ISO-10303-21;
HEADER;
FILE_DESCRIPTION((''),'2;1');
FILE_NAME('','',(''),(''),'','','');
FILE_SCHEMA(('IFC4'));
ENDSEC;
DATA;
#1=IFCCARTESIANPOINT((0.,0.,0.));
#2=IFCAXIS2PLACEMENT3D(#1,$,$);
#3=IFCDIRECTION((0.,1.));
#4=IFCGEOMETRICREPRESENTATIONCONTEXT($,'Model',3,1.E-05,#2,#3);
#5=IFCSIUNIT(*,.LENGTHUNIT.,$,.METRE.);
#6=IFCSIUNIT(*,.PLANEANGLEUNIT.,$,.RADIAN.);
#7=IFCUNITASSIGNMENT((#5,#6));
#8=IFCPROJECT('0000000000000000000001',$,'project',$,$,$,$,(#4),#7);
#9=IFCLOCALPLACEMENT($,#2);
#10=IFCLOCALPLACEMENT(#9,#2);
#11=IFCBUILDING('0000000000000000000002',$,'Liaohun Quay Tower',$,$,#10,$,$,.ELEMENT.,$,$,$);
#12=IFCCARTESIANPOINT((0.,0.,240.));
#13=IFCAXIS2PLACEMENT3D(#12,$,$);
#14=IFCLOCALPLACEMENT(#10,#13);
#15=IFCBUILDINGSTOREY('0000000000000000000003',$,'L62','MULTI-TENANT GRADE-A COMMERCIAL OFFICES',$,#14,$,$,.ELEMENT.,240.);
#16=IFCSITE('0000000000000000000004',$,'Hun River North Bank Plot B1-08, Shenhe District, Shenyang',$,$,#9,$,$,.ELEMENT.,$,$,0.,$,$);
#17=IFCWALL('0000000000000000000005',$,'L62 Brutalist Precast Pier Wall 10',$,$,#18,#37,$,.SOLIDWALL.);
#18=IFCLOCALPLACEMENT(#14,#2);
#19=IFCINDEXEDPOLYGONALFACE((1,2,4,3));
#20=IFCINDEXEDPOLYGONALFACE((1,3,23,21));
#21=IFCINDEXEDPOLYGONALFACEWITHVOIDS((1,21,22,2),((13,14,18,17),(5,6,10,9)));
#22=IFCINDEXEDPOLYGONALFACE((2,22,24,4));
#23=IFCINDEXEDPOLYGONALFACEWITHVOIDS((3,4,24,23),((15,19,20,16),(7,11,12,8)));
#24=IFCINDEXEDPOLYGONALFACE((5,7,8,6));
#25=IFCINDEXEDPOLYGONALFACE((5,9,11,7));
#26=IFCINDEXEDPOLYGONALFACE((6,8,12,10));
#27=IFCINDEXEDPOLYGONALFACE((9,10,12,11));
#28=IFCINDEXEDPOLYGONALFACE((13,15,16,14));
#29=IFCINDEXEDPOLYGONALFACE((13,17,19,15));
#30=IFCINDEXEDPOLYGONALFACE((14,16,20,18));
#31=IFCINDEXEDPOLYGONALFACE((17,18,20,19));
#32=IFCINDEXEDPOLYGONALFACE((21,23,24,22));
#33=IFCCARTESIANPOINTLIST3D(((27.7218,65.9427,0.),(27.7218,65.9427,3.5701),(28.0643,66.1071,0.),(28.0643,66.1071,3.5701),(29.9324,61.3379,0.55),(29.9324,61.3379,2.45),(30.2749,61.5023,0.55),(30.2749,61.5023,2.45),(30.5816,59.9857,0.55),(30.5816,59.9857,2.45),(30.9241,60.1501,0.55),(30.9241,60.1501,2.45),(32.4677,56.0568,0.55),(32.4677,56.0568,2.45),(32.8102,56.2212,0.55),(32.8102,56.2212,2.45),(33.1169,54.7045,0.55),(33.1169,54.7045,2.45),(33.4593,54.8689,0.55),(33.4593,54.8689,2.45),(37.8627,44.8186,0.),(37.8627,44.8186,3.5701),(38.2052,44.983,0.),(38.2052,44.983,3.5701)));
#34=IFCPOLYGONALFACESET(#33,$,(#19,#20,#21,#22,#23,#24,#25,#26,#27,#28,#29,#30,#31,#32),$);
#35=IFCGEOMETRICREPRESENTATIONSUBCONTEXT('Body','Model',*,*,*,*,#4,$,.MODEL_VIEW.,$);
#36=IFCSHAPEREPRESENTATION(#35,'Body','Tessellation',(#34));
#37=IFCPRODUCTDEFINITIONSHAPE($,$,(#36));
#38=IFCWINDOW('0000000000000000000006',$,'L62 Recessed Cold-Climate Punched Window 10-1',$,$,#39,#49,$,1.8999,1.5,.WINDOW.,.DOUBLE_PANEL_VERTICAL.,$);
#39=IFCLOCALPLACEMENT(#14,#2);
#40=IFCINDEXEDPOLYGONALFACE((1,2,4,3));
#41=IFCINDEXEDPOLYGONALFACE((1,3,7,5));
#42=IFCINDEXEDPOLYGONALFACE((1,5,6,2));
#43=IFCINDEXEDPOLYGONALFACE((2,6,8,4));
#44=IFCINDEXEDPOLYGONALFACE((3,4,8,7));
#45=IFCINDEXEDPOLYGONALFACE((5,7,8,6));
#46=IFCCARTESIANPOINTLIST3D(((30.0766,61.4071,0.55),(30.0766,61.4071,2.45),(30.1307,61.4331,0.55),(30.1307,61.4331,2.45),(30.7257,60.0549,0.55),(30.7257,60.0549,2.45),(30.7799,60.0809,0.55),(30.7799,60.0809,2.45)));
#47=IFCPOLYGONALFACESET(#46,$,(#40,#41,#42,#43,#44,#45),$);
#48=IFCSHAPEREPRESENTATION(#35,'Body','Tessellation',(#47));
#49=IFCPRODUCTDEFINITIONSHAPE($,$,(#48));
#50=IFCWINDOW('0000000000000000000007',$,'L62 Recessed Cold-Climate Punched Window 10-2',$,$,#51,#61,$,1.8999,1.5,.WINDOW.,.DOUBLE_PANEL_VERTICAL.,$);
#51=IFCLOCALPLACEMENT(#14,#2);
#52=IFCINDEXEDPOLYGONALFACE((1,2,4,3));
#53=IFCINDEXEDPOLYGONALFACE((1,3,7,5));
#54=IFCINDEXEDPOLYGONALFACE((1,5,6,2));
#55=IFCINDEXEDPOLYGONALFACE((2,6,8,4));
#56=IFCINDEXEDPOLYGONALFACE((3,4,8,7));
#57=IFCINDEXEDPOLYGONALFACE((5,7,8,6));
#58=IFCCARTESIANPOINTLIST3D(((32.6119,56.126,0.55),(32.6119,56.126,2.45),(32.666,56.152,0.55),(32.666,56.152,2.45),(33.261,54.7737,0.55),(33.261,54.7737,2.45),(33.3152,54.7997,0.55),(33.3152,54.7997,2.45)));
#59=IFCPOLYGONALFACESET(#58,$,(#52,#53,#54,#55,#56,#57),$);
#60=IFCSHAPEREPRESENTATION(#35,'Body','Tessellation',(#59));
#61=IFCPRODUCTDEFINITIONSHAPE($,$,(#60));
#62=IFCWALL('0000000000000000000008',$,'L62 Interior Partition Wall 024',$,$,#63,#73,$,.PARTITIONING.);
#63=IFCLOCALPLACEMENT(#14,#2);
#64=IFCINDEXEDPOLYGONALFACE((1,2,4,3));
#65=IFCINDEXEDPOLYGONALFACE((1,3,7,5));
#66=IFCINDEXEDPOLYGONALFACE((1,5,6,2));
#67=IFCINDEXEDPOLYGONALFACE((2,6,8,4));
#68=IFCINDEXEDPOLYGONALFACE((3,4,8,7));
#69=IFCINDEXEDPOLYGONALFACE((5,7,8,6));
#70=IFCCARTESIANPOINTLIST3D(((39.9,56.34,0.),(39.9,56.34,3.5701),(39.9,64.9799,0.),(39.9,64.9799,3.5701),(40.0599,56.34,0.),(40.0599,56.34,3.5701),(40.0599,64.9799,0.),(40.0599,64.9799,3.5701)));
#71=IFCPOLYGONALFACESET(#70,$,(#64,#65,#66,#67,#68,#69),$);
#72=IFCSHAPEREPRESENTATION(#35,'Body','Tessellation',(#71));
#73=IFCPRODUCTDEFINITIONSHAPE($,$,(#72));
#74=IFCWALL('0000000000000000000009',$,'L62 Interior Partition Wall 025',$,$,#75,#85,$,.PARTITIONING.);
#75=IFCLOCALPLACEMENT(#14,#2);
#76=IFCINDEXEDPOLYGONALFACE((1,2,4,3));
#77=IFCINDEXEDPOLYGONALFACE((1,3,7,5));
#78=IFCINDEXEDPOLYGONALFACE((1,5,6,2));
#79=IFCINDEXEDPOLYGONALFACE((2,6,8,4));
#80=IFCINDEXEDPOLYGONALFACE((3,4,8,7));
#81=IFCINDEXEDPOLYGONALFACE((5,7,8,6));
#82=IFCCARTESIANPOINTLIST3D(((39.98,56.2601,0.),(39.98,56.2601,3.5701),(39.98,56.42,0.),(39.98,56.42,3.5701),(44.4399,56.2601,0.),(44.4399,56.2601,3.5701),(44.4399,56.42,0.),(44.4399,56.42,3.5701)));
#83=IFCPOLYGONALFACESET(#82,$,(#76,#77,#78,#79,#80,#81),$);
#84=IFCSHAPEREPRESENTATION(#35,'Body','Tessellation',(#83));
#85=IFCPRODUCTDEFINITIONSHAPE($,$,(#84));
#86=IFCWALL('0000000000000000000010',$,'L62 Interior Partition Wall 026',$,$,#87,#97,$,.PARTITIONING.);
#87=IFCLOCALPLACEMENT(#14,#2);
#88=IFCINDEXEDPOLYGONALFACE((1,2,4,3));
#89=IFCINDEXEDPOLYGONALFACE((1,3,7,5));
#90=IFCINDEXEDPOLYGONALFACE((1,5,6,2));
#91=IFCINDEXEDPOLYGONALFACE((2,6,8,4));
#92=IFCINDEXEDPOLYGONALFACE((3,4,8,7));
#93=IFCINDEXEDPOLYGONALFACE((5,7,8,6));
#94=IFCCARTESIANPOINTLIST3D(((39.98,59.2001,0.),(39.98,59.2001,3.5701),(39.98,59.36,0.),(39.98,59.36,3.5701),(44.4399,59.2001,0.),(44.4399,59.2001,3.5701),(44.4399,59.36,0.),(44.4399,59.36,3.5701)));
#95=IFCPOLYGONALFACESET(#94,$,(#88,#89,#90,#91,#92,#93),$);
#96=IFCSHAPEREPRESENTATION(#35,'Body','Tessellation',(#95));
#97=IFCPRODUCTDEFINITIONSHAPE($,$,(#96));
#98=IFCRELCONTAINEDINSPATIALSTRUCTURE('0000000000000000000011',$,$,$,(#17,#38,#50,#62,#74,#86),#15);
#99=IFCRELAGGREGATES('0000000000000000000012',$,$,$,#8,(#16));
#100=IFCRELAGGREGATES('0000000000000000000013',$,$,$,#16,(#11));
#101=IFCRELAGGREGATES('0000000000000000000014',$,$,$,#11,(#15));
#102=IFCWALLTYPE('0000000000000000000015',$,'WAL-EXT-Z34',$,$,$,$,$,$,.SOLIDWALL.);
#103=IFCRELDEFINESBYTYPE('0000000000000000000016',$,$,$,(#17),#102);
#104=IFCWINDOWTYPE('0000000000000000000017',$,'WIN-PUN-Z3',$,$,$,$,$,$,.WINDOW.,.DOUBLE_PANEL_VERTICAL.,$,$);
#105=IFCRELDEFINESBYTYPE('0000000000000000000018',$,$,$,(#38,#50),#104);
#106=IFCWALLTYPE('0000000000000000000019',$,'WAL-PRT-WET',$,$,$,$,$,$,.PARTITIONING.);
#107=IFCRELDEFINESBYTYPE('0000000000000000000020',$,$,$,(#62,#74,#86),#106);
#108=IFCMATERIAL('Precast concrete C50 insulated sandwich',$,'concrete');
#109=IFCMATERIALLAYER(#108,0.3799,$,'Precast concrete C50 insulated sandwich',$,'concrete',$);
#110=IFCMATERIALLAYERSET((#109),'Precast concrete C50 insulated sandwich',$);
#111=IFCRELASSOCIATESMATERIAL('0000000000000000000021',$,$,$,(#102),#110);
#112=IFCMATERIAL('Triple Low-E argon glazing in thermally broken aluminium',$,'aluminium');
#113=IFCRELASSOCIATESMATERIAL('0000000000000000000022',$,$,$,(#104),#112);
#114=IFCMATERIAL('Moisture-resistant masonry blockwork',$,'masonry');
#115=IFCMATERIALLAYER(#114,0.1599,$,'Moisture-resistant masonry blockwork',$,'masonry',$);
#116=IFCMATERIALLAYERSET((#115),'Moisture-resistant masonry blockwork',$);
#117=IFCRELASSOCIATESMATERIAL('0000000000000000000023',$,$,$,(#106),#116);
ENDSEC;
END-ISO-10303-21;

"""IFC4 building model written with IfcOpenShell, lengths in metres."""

from ifc_helpers import new_model, si_unit, direction, frame, frame_2d, origin, place, context, subcontext, project, spatial, rectangle, extrude, source, transform, mapped, material, layer, layer_set, type_object, element, fill, save


model = new_model("IFC4")

# Units and contexts
model_context = context("Model", 3, precision=1e-05, world=origin(), true_north=direction((0.0, 1.0)))
body_context = subcontext(model_context, "Body", "Model", "MODEL_VIEW")
ifc_project = project(units=[si_unit("LENGTHUNIT", "METRE"), si_unit("PLANEANGLEUNIT", "RADIAN")], contexts=[model_context])

# Site, building, storey
site_placement = place(None, origin())
site = spatial("IfcSite", under=ifc_project, at=site_placement, Name="Hun River North Bank Plot B1-08, Shenhe District, Shenyang", CompositionType="ELEMENT", RefElevation=0.0)
building_placement = place(site_placement, origin())
building = spatial("IfcBuilding", under=site, at=building_placement, Name="Liaohun Quay Tower", CompositionType="ELEMENT")
storey_placement = place(building_placement, frame((0.0, 0.0, 240.0)))
storey = spatial("IfcBuildingStorey", under=building, at=storey_placement, Name="L62", Description="MULTI-TENANT GRADE-A COMMERCIAL OFFICES", CompositionType="ELEMENT", Elevation=240.0)

# Shared definitions
ifc_material_1 = material(Name="Precast concrete C50 insulated sandwich", Category="concrete")
ifc_layer_1 = layer(ifc_material_1, 0.3799, Name="Precast concrete C50 insulated sandwich", Category="concrete")
ifc_layer_set_1 = layer_set([ifc_layer_1], Name="Precast concrete C50 insulated sandwich")
wall_type_1 = type_object("IfcWallType", Name="WAL-EXT-Z34", PredefinedType="SOLIDWALL", material=ifc_layer_set_1)

# Wall, openings, windows
wall_1_placement = place(storey_placement, frame((27.8931, 66.0249, 0.0), z_axis=(0.0, 0.0, 1.0), x_axis=(0.432777, -0.901501, 0.0)))
wall_1 = element("IfcWall", 1, at=wall_1_placement, inside=storey, type_object=wall_type_1, Name="L62 Brutalist Precast Pier Wall 10", PredefinedType="SOLIDWALL", context=body_context, shape_type="SweptSolid", body=[
    extrude(rectangle(XDim=23.4321, YDim=0.3799, at=frame_2d((11.7161, 0.0))), origin(), (0.0, 0.0, 1.0), 3.5701),
])
shared_shape_1 = source(origin(), body_context, "Body", "SweptSolid", [
    extrude(rectangle(XDim=1.5, YDim=1.8999, at=frame_2d((0.75, 0.95))), frame((0.0, 0.2, 0.0), z_axis=(0.0, -1.0, 0.0), x_axis=(1.0, 0.0, 0.0)), (0.0, 0.0, 1.0), 0.3999),
])
opening_1_placement = place(wall_1_placement, frame((5.1079, 0.0, 0.55)))
opening_1 = element("IfcOpeningElement", 2, at=opening_1_placement, cuts=wall_1, PredefinedType="OPENING", context=body_context, shape_type="MappedRepresentation", body=[
    mapped(shared_shape_1, transform((0.0, 0.0, 0.0), x_axis=(1.0, 0.0, 0.0), y_axis=(0.0, 1.0, 0.0), z_axis=(0.0, 0.0, 1.0), scale=1.0)),
])
opening_2_placement = place(wall_1_placement, frame((10.9661, 0.0, 0.55)))
opening_2 = element("IfcOpeningElement", 3, at=opening_2_placement, cuts=wall_1, PredefinedType="OPENING", context=body_context, shape_type="MappedRepresentation", body=[
    mapped(shared_shape_1, transform((0.0, 0.0, 0.0), x_axis=(1.0, 0.0, 0.0), y_axis=(0.0, 1.0, 0.0), z_axis=(0.0, 0.0, 1.0), scale=1.0)),
])
ifc_material_2 = material(Name="Triple Low-E argon glazing in thermally broken aluminium", Category="aluminium")
window_type_1 = type_object("IfcWindowType", Name="WIN-PUN-Z3", PartitioningType="DOUBLE_PANEL_VERTICAL", PredefinedType="WINDOW", material=ifc_material_2)
shared_shape_2 = source(origin(), body_context, "Body", "SweptSolid", [
    extrude(rectangle(XDim=1.5, YDim=1.8999, at=frame_2d((0.75, 0.95))), frame((0.0, 0.03, 0.0), z_axis=(0.0, -1.0, 0.0), x_axis=(1.0, 0.0, 0.0)), (0.0, 0.0, 1.0), 0.0601),
])
window_1_placement = place(opening_1_placement, origin())
window_1 = element("IfcWindow", 4, at=window_1_placement, inside=storey, type_object=window_type_1, Name="L62 Recessed Cold-Climate Punched Window 10-1", OverallHeight=1.8999, OverallWidth=1.5, PartitioningType="DOUBLE_PANEL_VERTICAL", PredefinedType="WINDOW", context=body_context, shape_type="MappedRepresentation", body=[
    mapped(shared_shape_2, transform((0.0, 0.0, 0.0), x_axis=(1.0, 0.0, 0.0), y_axis=(0.0, 1.0, 0.0), z_axis=(0.0, 0.0, 1.0), scale=1.0)),
])
fill(opening_1, window_1)
window_2_placement = place(opening_2_placement, origin())
window_2 = element("IfcWindow", 5, at=window_2_placement, inside=storey, type_object=window_type_1, Name="L62 Recessed Cold-Climate Punched Window 10-2", OverallHeight=1.8999, OverallWidth=1.5, PartitioningType="DOUBLE_PANEL_VERTICAL", PredefinedType="WINDOW", context=body_context, shape_type="MappedRepresentation", body=[
    mapped(shared_shape_2, transform((0.0, 0.0, 0.0), x_axis=(1.0, 0.0, 0.0), y_axis=(0.0, 1.0, 0.0), z_axis=(0.0, 0.0, 1.0), scale=1.0)),
])
fill(opening_2, window_2)

# Walls
ifc_material_3 = material(Name="Moisture-resistant masonry blockwork", Category="masonry")
ifc_layer_2 = layer(ifc_material_3, 0.1599, Name="Moisture-resistant masonry blockwork", Category="masonry")
ifc_layer_set_2 = layer_set([ifc_layer_2], Name="Moisture-resistant masonry blockwork")
wall_type_2 = type_object("IfcWallType", Name="WAL-PRT-WET", PredefinedType="PARTITIONING", material=ifc_layer_set_2)
wall_2_placement = place(storey_placement, frame((39.98, 56.3401, 0.0), z_axis=(0.0, 0.0, 1.0), x_axis=(0.0, 1.0, 0.0)))
element("IfcWall", 6, at=wall_2_placement, inside=storey, type_object=wall_type_2, Name="L62 Interior Partition Wall 024", PredefinedType="PARTITIONING", context=body_context, shape_type="SweptSolid", body=[
    extrude(rectangle(XDim=8.6399, YDim=0.1599, at=frame_2d((4.3198, 0.0))), origin(), (0.0, 0.0, 1.0), 3.5701),
])
for number, where, z_axis, x_axis, name in (
    (7, (39.98, 56.3401, 0.0), (0.0, 0.0, 1.0), (1.0, 0.0, 0.0), "L62 Interior Partition Wall 025"),
    (8, (39.98, 59.28, 0.0), (0.0, 0.0, 1.0), (1.0, 0.0, 0.0), "L62 Interior Partition Wall 026"),
):
    element("IfcWall", number, at=place(storey_placement, frame(where, z_axis=z_axis, x_axis=x_axis)), inside=storey, type_object=wall_type_2, Name=name, PredefinedType="PARTITIONING", context=body_context, shape_type="SweptSolid", body=[
        extrude(rectangle(XDim=4.46, YDim=0.1599, at=frame_2d((2.23, 0.0))), origin(), (0.0, 0.0, 1.0), 3.5701),
    ])

save(model, "model.ifc")
